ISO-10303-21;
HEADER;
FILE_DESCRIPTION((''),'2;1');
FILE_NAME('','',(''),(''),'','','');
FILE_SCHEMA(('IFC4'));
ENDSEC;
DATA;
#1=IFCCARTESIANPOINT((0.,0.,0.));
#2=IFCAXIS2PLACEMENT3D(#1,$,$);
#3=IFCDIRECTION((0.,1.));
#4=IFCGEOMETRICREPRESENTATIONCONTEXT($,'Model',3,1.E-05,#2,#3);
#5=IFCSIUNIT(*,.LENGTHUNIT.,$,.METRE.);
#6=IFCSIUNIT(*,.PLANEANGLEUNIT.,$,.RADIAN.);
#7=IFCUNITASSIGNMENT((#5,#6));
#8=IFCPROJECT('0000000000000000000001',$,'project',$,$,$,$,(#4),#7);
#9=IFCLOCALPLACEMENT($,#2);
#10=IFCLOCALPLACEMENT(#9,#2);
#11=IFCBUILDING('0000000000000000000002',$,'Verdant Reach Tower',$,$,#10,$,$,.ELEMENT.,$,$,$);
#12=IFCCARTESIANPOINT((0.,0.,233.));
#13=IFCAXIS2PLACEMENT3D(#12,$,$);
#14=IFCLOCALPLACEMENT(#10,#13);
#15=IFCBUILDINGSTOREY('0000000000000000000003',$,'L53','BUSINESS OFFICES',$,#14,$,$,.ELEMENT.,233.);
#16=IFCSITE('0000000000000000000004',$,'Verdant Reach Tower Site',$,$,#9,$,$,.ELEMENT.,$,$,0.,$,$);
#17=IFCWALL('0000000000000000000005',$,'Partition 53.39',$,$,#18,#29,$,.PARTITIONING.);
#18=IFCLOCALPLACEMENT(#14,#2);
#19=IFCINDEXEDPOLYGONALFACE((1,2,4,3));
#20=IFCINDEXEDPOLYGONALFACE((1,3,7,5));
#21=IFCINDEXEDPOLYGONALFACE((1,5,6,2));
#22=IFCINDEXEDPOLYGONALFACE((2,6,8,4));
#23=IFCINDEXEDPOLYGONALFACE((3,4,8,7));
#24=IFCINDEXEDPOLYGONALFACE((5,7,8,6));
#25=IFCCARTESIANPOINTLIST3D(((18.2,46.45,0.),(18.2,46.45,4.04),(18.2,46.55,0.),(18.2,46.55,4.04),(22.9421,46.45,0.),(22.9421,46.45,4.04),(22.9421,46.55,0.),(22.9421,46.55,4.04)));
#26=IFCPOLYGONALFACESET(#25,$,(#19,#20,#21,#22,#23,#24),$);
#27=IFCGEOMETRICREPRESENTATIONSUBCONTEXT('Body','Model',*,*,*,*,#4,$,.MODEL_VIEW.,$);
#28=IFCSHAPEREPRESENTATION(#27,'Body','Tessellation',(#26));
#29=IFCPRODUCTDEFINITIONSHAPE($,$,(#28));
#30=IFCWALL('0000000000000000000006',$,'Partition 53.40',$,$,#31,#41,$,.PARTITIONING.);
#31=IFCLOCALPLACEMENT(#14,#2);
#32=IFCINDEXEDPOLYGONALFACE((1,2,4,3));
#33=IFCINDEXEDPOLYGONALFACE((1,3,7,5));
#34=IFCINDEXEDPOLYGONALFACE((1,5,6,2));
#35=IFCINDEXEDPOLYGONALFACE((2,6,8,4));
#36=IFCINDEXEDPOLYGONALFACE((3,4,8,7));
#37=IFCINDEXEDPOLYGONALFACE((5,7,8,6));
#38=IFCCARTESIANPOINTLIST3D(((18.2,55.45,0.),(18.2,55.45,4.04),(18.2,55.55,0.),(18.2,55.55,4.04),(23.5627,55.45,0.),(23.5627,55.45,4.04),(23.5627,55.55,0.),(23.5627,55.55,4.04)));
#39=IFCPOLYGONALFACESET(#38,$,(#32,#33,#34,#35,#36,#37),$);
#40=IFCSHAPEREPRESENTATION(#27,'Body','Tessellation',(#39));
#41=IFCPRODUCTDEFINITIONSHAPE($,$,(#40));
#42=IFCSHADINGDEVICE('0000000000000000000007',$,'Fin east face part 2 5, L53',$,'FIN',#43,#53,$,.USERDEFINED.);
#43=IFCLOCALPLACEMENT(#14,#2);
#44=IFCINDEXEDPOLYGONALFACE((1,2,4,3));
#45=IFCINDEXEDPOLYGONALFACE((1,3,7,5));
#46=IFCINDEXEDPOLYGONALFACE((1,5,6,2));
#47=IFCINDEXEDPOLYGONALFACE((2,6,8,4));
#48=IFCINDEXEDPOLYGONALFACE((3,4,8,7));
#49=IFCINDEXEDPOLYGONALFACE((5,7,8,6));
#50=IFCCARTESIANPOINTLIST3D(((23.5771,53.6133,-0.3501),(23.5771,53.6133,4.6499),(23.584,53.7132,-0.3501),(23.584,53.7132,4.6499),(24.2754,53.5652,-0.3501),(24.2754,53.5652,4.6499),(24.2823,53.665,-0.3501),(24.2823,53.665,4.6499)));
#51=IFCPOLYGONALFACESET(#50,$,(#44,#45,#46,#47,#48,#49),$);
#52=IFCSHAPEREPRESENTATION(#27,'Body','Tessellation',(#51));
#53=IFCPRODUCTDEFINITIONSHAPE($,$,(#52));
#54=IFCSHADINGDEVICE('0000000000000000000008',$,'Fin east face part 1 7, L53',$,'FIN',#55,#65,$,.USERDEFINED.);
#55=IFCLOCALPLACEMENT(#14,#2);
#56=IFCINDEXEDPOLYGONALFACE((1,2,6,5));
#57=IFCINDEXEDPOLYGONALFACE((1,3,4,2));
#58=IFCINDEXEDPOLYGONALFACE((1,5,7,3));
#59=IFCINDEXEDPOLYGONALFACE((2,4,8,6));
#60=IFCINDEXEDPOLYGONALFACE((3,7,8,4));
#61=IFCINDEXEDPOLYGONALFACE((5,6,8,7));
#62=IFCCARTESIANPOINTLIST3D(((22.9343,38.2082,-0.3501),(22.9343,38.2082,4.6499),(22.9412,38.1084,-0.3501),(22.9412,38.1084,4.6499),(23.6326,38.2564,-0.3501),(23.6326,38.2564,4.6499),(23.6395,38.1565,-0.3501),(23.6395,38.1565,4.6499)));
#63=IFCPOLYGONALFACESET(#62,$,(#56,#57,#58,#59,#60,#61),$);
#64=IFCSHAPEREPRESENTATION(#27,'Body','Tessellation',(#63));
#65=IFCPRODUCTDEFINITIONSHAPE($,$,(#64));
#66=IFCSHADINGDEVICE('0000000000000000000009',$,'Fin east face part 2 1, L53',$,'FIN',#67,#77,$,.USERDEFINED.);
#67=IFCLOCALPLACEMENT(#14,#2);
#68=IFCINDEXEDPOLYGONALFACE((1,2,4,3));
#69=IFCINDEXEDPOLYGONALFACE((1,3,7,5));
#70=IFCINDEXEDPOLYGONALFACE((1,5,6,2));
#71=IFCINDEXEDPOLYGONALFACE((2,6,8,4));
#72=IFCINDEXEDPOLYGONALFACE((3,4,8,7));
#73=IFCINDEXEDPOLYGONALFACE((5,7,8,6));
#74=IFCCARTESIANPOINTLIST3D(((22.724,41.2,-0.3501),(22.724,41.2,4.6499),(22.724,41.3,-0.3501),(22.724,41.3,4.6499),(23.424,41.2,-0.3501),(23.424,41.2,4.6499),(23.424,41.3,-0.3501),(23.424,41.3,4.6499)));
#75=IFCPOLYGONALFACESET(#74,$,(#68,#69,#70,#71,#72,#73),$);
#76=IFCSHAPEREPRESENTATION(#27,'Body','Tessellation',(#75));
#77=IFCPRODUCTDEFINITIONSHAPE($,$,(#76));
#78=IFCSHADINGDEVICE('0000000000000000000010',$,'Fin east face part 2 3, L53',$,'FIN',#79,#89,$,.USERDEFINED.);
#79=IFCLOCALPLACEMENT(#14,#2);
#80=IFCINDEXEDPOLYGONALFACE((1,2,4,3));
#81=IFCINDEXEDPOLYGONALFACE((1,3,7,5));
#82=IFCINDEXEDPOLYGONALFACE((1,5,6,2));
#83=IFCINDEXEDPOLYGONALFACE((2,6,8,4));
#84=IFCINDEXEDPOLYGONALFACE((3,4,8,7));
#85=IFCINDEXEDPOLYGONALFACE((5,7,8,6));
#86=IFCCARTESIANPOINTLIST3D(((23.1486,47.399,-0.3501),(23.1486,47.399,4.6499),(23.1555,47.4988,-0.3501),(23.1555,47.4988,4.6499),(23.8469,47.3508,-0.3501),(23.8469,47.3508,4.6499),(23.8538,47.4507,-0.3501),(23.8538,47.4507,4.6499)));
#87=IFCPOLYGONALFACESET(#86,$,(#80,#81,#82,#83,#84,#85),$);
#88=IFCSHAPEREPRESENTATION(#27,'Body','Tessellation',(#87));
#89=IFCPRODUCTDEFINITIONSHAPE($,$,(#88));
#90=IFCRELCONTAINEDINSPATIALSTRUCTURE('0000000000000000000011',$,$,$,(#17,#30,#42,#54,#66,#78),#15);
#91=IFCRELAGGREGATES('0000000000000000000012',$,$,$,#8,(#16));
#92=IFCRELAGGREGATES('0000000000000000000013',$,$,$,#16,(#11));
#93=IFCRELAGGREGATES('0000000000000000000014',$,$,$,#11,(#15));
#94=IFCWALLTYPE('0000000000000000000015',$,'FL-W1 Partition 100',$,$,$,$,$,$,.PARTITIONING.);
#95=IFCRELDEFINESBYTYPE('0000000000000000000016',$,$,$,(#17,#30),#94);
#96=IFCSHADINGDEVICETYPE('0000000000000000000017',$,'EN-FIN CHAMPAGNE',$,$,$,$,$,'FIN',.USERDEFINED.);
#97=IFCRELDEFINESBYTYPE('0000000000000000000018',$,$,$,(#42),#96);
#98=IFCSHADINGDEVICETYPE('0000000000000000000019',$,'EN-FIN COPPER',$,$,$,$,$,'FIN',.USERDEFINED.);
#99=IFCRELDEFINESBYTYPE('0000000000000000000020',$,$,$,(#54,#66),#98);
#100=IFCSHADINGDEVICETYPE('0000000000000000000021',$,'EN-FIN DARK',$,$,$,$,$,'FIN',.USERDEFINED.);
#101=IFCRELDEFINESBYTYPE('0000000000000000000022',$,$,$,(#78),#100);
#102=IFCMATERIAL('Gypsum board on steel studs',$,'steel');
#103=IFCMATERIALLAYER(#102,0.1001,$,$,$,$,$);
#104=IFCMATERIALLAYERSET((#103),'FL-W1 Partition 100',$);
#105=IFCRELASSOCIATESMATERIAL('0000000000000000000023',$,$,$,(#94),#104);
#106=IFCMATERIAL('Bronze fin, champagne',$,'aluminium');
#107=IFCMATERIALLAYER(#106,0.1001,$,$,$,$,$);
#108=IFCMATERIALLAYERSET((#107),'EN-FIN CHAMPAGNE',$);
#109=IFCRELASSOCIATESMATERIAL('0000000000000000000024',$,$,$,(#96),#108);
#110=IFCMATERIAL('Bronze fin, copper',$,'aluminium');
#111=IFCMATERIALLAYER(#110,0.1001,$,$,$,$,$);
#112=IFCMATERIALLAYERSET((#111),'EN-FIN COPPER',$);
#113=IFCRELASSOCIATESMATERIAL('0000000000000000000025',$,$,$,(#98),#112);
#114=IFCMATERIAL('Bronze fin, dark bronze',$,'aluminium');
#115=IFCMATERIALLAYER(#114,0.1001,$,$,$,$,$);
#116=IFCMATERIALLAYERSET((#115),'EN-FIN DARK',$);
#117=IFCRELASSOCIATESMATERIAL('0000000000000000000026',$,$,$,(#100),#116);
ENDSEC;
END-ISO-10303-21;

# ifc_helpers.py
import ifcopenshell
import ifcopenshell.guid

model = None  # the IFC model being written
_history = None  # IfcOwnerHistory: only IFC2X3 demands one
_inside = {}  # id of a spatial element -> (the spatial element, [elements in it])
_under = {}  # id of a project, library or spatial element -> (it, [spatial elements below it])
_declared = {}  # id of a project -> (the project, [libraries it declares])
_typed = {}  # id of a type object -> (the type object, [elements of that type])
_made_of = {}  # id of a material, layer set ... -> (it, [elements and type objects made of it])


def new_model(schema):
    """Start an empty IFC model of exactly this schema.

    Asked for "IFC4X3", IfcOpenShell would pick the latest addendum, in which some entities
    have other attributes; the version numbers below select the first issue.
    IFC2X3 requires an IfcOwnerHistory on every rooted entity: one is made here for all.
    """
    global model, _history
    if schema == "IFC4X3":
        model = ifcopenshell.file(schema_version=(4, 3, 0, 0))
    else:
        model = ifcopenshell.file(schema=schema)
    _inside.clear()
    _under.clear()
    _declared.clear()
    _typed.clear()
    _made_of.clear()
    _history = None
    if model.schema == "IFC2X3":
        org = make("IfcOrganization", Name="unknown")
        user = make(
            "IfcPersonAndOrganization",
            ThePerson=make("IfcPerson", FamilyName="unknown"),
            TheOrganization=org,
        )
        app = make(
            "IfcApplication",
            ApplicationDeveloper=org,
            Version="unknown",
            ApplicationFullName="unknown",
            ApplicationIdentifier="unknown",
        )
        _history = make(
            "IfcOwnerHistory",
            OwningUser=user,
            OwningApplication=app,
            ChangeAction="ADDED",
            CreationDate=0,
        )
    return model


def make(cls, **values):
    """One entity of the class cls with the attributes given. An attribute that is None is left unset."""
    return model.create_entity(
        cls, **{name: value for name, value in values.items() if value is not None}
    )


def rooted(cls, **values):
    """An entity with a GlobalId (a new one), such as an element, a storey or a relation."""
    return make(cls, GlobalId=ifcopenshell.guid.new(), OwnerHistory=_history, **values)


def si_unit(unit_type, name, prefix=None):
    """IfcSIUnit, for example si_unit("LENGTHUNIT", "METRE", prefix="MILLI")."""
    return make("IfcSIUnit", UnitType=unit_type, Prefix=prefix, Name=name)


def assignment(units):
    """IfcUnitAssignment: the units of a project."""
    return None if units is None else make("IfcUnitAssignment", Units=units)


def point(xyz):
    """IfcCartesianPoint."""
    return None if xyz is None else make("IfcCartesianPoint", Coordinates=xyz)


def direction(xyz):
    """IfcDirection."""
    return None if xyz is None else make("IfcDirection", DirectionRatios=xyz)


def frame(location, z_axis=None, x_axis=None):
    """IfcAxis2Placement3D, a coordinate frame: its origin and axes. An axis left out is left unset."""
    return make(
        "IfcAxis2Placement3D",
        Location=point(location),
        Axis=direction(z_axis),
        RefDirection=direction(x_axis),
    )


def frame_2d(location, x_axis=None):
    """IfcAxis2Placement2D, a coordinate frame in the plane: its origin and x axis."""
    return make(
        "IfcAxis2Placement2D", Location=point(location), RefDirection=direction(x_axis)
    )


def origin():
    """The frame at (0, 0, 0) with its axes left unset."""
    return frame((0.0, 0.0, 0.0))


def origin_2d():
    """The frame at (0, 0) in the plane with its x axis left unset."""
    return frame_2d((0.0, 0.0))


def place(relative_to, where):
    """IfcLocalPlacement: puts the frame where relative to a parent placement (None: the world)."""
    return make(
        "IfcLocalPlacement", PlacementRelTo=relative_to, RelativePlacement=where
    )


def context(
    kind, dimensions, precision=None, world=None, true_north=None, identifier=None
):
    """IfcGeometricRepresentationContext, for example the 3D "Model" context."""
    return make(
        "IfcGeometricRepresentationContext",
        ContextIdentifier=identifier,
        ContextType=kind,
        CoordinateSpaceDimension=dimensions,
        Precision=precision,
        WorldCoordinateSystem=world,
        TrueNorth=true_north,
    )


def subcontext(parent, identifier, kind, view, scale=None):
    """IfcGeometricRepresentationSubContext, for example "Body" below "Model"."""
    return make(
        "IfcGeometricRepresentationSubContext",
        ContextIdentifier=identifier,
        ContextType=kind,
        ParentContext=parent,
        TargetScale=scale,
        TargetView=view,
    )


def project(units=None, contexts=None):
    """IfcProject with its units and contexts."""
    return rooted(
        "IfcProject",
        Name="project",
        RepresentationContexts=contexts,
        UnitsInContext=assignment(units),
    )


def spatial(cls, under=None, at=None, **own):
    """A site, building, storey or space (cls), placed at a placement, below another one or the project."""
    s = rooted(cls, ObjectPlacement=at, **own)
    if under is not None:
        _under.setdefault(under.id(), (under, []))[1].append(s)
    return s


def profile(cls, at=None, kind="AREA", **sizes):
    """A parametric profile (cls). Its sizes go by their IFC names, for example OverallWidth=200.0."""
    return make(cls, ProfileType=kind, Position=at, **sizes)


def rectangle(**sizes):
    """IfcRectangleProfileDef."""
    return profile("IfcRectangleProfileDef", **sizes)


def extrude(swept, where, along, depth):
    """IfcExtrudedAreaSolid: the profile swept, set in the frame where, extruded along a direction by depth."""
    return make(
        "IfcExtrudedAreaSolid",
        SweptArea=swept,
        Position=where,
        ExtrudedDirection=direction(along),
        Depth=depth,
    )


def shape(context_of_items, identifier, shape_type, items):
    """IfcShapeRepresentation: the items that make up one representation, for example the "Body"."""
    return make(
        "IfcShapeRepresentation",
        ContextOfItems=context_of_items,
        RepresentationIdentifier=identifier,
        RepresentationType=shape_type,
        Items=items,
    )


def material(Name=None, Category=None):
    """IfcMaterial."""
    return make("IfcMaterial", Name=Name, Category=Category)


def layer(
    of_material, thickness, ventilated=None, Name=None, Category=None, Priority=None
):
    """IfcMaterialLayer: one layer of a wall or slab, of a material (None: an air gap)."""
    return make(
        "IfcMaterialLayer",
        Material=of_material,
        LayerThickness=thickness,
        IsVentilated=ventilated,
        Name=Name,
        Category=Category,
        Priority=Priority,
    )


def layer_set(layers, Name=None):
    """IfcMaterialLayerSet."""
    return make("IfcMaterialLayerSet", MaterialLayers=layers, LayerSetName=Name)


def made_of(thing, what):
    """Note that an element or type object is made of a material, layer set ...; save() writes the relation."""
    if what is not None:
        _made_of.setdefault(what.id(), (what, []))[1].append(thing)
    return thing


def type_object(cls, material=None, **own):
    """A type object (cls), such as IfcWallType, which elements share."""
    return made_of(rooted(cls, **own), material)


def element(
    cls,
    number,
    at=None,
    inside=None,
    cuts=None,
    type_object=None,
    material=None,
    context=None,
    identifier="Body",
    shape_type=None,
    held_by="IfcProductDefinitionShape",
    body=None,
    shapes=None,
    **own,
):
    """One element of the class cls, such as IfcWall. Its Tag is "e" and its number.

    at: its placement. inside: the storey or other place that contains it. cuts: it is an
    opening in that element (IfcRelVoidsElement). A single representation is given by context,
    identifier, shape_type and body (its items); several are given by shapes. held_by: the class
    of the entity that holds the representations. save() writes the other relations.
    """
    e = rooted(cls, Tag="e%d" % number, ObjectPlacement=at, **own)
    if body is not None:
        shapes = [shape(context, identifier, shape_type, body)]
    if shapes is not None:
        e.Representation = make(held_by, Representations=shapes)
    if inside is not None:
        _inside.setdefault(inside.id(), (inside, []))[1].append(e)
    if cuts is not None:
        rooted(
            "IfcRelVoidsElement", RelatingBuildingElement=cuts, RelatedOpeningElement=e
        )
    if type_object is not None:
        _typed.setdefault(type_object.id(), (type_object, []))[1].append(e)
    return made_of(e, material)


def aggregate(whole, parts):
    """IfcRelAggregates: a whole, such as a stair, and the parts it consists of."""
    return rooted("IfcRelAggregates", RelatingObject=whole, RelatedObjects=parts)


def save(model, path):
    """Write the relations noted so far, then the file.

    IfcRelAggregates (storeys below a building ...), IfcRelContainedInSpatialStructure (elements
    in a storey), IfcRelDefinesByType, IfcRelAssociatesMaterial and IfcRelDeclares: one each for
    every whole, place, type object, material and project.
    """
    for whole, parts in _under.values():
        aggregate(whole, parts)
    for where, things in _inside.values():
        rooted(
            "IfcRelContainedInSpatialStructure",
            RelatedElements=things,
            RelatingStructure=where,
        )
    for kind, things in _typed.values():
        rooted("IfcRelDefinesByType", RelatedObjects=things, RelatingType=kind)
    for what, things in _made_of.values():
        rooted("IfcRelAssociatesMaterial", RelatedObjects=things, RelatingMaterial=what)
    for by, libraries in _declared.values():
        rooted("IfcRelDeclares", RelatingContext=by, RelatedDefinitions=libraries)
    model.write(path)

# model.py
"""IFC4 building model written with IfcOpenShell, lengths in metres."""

from ifc_helpers import new_model, si_unit, direction, frame, frame_2d, origin, origin_2d, place, context, subcontext, project, spatial, rectangle, extrude, material, layer, layer_set, type_object, element, save


model = new_model("IFC4")

# Units and contexts
model_context = context("Model", 3, precision=1e-05, world=origin(), true_north=direction((0.0, 1.0)))
body_context = subcontext(model_context, "Body", "Model", "MODEL_VIEW")
ifc_project = project(units=[si_unit("LENGTHUNIT", "METRE"), si_unit("PLANEANGLEUNIT", "RADIAN")], contexts=[model_context])

# Site, building, storey
site_placement = place(None, origin())
site = spatial("IfcSite", under=ifc_project, at=site_placement, Name="Verdant Reach Tower Site", CompositionType="ELEMENT", RefElevation=0.0)
building_placement = place(site_placement, origin())
building = spatial("IfcBuilding", under=site, at=building_placement, Name="Verdant Reach Tower", CompositionType="ELEMENT")
storey_placement = place(building_placement, frame((0.0, 0.0, 233.0)))
storey = spatial("IfcBuildingStorey", under=building, at=storey_placement, Name="L53", Description="BUSINESS OFFICES", CompositionType="ELEMENT", Elevation=233.0)

# Walls
ifc_material_1 = material(Name="Gypsum board on steel studs", Category="steel")
ifc_layer_1 = layer(ifc_material_1, 0.1001)
ifc_layer_set_1 = layer_set([ifc_layer_1], Name="FL-W1 Partition 100")
wall_type = type_object("IfcWallType", Name="FL-W1 Partition 100", PredefinedType="PARTITIONING", material=ifc_layer_set_1)
wall_1_placement = place(storey_placement, frame((22.9421, 46.5, 0.0), z_axis=(0.0, 0.0, 1.0), x_axis=(-1.0, 0.0, 0.0)))
element("IfcWall", 1, at=wall_1_placement, inside=storey, type_object=wall_type, Name="Partition 53.39", PredefinedType="PARTITIONING", context=body_context, shape_type="SweptSolid", body=[
    extrude(rectangle(XDim=4.7422, YDim=0.1001, at=frame_2d((2.3711, 0.0))), origin(), (0.0, 0.0, 1.0), 4.04),
])
wall_2_placement = place(storey_placement, frame((23.5627, 55.5, 0.0), z_axis=(0.0, 0.0, 1.0), x_axis=(-1.0, 0.0, 0.0)))
element("IfcWall", 2, at=wall_2_placement, inside=storey, type_object=wall_type, Name="Partition 53.40", PredefinedType="PARTITIONING", context=body_context, shape_type="SweptSolid", body=[
    extrude(rectangle(XDim=5.3628, YDim=0.1001, at=frame_2d((2.6814, 0.0))), origin(), (0.0, 0.0, 1.0), 4.04),
])

# Shading devices
ifc_material_2 = material(Name="Bronze fin, champagne", Category="aluminium")
ifc_layer_2 = layer(ifc_material_2, 0.1001)
ifc_layer_set_2 = layer_set([ifc_layer_2], Name="EN-FIN CHAMPAGNE")
shading_device_type_1 = type_object("IfcShadingDeviceType", Name="EN-FIN CHAMPAGNE", ElementType="FIN", PredefinedType="USERDEFINED", material=ifc_layer_set_2)
shading_device_1_placement = place(storey_placement, frame((23.9297, 53.6392, -0.3501), z_axis=(0.0, 0.0, 1.0), x_axis=(0.068802, 0.99763, 0.0)))
element("IfcShadingDevice", 3, at=shading_device_1_placement, inside=storey, type_object=shading_device_type_1, Name="Fin east face part 2 5, L53", ObjectType="FIN", PredefinedType="USERDEFINED", context=body_context, shape_type="SweptSolid", body=[
    extrude(rectangle(XDim=0.1001, YDim=0.7, at=origin_2d()), origin(), (0.0, 0.0, 1.0), 5.0),
])
ifc_material_3 = material(Name="Bronze fin, copper", Category="aluminium")
ifc_layer_3 = layer(ifc_material_3, 0.1001)
ifc_layer_set_3 = layer_set([ifc_layer_3], Name="EN-FIN COPPER")
shading_device_type_2 = type_object("IfcShadingDeviceType", Name="EN-FIN COPPER", ElementType="FIN", PredefinedType="USERDEFINED", material=ifc_layer_set_3)
for number, where, z_axis, x_axis, name in (
    (4, (23.2869, 38.1824, -0.3501), (0.0, 0.0, 1.0), (-0.068802, 0.99763, 0.0), "Fin east face part 1 7, L53"),
    (5, (23.074, 41.25, -0.3501), (0.0, 0.0, 1.0), (0.0, 1.0, 0.0), "Fin east face part 2 1, L53"),
):
    element("IfcShadingDevice", number, at=place(storey_placement, frame(where, z_axis=z_axis, x_axis=x_axis)), inside=storey, type_object=shading_device_type_2, Name=name, ObjectType="FIN", PredefinedType="USERDEFINED", context=body_context, shape_type="SweptSolid", body=[
        extrude(rectangle(XDim=0.1001, YDim=0.7, at=origin_2d()), origin(), (0.0, 0.0, 1.0), 5.0),
    ])
ifc_material_4 = material(Name="Bronze fin, dark bronze", Category="aluminium")
ifc_layer_4 = layer(ifc_material_4, 0.1001)
ifc_layer_set_4 = layer_set([ifc_layer_4], Name="EN-FIN DARK")
shading_device_type_3 = type_object("IfcShadingDeviceType", Name="EN-FIN DARK", ElementType="FIN", PredefinedType="USERDEFINED", material=ifc_layer_set_4)
shading_device_2_placement = place(storey_placement, frame((23.5012, 47.4248, -0.3501), z_axis=(0.0, 0.0, 1.0), x_axis=(0.068802, 0.99763, 0.0)))
element("IfcShadingDevice", 6, at=shading_device_2_placement, inside=storey, type_object=shading_device_type_3, Name="Fin east face part 2 3, L53", ObjectType="FIN", PredefinedType="USERDEFINED", context=body_context, shape_type="SweptSolid", body=[
    extrude(rectangle(XDim=0.1001, YDim=0.7, at=origin_2d()), origin(), (0.0, 0.0, 1.0), 5.0),
])

save(model, "model.ifc")
